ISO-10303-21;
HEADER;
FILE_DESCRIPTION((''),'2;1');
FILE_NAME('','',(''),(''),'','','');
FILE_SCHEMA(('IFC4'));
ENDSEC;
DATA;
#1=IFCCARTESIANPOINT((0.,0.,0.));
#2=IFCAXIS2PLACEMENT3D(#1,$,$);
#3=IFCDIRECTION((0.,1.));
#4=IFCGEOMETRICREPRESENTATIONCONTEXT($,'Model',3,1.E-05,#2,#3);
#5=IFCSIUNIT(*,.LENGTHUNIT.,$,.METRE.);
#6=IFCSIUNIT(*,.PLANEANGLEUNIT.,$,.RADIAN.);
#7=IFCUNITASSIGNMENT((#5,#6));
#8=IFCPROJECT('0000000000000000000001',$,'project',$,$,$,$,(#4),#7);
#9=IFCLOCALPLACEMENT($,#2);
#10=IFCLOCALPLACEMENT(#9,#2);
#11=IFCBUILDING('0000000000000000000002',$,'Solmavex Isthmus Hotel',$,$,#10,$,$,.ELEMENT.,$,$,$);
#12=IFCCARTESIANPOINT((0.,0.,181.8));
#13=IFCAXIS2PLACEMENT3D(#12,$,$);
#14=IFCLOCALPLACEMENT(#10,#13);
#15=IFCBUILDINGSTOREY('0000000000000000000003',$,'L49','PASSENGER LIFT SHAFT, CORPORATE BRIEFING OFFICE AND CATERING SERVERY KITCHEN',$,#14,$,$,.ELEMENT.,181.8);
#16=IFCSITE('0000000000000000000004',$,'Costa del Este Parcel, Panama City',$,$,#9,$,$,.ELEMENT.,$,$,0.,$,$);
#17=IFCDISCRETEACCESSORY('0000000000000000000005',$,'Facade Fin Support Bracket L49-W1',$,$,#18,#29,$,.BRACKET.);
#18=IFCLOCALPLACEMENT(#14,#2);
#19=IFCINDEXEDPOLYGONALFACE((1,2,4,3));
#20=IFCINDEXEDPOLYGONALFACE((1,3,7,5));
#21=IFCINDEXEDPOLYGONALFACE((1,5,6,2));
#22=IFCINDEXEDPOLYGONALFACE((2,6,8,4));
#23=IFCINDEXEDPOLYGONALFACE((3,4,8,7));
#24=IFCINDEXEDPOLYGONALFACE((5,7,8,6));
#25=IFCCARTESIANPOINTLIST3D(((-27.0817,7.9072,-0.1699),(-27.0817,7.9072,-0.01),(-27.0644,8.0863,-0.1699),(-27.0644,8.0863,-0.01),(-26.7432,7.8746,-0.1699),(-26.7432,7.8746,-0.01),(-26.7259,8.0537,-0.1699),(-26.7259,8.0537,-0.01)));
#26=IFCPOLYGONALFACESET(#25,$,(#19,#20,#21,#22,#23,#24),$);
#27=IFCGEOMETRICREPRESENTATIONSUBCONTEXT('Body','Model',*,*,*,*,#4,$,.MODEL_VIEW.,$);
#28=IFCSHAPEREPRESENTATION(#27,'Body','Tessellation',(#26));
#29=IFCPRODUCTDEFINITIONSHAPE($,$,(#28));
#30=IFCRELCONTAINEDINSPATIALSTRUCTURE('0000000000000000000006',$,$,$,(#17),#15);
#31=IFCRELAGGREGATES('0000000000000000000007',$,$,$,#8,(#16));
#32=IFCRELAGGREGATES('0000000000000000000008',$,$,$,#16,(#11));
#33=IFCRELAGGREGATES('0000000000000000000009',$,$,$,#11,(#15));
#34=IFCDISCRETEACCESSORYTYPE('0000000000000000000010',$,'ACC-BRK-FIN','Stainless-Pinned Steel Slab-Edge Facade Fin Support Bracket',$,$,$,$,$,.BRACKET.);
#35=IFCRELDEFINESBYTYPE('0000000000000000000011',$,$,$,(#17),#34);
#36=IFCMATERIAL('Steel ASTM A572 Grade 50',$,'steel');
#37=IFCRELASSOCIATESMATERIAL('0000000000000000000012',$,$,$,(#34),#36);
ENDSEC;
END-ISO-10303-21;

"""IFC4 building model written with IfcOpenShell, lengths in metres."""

from ifc_helpers import new_model, si_unit, direction, frame, origin, origin_2d, place, context, subcontext, project, spatial, rectangle, extrude, material, type_object, element, save


model = new_model("IFC4")

# Units and contexts
model_context = context("Model", 3, precision=1e-05, world=origin(), true_north=direction((0.0, 1.0)))
body_context = subcontext(model_context, "Body", "Model", "MODEL_VIEW")
ifc_project = project(units=[si_unit("LENGTHUNIT", "METRE"), si_unit("PLANEANGLEUNIT", "RADIAN")], contexts=[model_context])

# Site, building, storey
site_placement = place(None, origin())
site = spatial("IfcSite", under=ifc_project, at=site_placement, Name="Costa del Este Parcel, Panama City", CompositionType="ELEMENT", RefElevation=0.0)
building_placement = place(site_placement, origin())
building = spatial("IfcBuilding", under=site, at=building_placement, Name="Solmavex Isthmus Hotel", CompositionType="ELEMENT")
storey_placement = place(building_placement, frame((0.0, 0.0, 181.8)))
storey = spatial("IfcBuildingStorey", under=building, at=storey_placement, Name="L49", Description="PASSENGER LIFT SHAFT, CORPORATE BRIEFING OFFICE AND CATERING SERVERY KITCHEN", CompositionType="ELEMENT", Elevation=181.8)

# Discrete accessory
ifc_material_1 = material(Name="Steel ASTM A572 Grade 50", Category="steel")
discrete_accessory_type = type_object("IfcDiscreteAccessoryType", Name="ACC-BRK-FIN", Description="Stainless-Pinned Steel Slab-Edge Facade Fin Support Bracket", PredefinedType="BRACKET", material=ifc_material_1)
discrete_accessory_placement = place(storey_placement, frame((-26.9038, 7.9805, -0.1699), z_axis=(0.0, 0.0, 1.0), x_axis=(-0.995396, 0.095846, 0.0)))
element("IfcDiscreteAccessory", 1, at=discrete_accessory_placement, inside=storey, type_object=discrete_accessory_type, Name="Facade Fin Support Bracket L49-W1", PredefinedType="BRACKET", context=body_context, shape_type="SweptSolid", body=[
    extrude(rectangle(XDim=0.3401, YDim=0.1799, at=origin_2d()), origin(), (0.0, 0.0, 1.0), 0.1599),
])

save(model, "model.ifc")
